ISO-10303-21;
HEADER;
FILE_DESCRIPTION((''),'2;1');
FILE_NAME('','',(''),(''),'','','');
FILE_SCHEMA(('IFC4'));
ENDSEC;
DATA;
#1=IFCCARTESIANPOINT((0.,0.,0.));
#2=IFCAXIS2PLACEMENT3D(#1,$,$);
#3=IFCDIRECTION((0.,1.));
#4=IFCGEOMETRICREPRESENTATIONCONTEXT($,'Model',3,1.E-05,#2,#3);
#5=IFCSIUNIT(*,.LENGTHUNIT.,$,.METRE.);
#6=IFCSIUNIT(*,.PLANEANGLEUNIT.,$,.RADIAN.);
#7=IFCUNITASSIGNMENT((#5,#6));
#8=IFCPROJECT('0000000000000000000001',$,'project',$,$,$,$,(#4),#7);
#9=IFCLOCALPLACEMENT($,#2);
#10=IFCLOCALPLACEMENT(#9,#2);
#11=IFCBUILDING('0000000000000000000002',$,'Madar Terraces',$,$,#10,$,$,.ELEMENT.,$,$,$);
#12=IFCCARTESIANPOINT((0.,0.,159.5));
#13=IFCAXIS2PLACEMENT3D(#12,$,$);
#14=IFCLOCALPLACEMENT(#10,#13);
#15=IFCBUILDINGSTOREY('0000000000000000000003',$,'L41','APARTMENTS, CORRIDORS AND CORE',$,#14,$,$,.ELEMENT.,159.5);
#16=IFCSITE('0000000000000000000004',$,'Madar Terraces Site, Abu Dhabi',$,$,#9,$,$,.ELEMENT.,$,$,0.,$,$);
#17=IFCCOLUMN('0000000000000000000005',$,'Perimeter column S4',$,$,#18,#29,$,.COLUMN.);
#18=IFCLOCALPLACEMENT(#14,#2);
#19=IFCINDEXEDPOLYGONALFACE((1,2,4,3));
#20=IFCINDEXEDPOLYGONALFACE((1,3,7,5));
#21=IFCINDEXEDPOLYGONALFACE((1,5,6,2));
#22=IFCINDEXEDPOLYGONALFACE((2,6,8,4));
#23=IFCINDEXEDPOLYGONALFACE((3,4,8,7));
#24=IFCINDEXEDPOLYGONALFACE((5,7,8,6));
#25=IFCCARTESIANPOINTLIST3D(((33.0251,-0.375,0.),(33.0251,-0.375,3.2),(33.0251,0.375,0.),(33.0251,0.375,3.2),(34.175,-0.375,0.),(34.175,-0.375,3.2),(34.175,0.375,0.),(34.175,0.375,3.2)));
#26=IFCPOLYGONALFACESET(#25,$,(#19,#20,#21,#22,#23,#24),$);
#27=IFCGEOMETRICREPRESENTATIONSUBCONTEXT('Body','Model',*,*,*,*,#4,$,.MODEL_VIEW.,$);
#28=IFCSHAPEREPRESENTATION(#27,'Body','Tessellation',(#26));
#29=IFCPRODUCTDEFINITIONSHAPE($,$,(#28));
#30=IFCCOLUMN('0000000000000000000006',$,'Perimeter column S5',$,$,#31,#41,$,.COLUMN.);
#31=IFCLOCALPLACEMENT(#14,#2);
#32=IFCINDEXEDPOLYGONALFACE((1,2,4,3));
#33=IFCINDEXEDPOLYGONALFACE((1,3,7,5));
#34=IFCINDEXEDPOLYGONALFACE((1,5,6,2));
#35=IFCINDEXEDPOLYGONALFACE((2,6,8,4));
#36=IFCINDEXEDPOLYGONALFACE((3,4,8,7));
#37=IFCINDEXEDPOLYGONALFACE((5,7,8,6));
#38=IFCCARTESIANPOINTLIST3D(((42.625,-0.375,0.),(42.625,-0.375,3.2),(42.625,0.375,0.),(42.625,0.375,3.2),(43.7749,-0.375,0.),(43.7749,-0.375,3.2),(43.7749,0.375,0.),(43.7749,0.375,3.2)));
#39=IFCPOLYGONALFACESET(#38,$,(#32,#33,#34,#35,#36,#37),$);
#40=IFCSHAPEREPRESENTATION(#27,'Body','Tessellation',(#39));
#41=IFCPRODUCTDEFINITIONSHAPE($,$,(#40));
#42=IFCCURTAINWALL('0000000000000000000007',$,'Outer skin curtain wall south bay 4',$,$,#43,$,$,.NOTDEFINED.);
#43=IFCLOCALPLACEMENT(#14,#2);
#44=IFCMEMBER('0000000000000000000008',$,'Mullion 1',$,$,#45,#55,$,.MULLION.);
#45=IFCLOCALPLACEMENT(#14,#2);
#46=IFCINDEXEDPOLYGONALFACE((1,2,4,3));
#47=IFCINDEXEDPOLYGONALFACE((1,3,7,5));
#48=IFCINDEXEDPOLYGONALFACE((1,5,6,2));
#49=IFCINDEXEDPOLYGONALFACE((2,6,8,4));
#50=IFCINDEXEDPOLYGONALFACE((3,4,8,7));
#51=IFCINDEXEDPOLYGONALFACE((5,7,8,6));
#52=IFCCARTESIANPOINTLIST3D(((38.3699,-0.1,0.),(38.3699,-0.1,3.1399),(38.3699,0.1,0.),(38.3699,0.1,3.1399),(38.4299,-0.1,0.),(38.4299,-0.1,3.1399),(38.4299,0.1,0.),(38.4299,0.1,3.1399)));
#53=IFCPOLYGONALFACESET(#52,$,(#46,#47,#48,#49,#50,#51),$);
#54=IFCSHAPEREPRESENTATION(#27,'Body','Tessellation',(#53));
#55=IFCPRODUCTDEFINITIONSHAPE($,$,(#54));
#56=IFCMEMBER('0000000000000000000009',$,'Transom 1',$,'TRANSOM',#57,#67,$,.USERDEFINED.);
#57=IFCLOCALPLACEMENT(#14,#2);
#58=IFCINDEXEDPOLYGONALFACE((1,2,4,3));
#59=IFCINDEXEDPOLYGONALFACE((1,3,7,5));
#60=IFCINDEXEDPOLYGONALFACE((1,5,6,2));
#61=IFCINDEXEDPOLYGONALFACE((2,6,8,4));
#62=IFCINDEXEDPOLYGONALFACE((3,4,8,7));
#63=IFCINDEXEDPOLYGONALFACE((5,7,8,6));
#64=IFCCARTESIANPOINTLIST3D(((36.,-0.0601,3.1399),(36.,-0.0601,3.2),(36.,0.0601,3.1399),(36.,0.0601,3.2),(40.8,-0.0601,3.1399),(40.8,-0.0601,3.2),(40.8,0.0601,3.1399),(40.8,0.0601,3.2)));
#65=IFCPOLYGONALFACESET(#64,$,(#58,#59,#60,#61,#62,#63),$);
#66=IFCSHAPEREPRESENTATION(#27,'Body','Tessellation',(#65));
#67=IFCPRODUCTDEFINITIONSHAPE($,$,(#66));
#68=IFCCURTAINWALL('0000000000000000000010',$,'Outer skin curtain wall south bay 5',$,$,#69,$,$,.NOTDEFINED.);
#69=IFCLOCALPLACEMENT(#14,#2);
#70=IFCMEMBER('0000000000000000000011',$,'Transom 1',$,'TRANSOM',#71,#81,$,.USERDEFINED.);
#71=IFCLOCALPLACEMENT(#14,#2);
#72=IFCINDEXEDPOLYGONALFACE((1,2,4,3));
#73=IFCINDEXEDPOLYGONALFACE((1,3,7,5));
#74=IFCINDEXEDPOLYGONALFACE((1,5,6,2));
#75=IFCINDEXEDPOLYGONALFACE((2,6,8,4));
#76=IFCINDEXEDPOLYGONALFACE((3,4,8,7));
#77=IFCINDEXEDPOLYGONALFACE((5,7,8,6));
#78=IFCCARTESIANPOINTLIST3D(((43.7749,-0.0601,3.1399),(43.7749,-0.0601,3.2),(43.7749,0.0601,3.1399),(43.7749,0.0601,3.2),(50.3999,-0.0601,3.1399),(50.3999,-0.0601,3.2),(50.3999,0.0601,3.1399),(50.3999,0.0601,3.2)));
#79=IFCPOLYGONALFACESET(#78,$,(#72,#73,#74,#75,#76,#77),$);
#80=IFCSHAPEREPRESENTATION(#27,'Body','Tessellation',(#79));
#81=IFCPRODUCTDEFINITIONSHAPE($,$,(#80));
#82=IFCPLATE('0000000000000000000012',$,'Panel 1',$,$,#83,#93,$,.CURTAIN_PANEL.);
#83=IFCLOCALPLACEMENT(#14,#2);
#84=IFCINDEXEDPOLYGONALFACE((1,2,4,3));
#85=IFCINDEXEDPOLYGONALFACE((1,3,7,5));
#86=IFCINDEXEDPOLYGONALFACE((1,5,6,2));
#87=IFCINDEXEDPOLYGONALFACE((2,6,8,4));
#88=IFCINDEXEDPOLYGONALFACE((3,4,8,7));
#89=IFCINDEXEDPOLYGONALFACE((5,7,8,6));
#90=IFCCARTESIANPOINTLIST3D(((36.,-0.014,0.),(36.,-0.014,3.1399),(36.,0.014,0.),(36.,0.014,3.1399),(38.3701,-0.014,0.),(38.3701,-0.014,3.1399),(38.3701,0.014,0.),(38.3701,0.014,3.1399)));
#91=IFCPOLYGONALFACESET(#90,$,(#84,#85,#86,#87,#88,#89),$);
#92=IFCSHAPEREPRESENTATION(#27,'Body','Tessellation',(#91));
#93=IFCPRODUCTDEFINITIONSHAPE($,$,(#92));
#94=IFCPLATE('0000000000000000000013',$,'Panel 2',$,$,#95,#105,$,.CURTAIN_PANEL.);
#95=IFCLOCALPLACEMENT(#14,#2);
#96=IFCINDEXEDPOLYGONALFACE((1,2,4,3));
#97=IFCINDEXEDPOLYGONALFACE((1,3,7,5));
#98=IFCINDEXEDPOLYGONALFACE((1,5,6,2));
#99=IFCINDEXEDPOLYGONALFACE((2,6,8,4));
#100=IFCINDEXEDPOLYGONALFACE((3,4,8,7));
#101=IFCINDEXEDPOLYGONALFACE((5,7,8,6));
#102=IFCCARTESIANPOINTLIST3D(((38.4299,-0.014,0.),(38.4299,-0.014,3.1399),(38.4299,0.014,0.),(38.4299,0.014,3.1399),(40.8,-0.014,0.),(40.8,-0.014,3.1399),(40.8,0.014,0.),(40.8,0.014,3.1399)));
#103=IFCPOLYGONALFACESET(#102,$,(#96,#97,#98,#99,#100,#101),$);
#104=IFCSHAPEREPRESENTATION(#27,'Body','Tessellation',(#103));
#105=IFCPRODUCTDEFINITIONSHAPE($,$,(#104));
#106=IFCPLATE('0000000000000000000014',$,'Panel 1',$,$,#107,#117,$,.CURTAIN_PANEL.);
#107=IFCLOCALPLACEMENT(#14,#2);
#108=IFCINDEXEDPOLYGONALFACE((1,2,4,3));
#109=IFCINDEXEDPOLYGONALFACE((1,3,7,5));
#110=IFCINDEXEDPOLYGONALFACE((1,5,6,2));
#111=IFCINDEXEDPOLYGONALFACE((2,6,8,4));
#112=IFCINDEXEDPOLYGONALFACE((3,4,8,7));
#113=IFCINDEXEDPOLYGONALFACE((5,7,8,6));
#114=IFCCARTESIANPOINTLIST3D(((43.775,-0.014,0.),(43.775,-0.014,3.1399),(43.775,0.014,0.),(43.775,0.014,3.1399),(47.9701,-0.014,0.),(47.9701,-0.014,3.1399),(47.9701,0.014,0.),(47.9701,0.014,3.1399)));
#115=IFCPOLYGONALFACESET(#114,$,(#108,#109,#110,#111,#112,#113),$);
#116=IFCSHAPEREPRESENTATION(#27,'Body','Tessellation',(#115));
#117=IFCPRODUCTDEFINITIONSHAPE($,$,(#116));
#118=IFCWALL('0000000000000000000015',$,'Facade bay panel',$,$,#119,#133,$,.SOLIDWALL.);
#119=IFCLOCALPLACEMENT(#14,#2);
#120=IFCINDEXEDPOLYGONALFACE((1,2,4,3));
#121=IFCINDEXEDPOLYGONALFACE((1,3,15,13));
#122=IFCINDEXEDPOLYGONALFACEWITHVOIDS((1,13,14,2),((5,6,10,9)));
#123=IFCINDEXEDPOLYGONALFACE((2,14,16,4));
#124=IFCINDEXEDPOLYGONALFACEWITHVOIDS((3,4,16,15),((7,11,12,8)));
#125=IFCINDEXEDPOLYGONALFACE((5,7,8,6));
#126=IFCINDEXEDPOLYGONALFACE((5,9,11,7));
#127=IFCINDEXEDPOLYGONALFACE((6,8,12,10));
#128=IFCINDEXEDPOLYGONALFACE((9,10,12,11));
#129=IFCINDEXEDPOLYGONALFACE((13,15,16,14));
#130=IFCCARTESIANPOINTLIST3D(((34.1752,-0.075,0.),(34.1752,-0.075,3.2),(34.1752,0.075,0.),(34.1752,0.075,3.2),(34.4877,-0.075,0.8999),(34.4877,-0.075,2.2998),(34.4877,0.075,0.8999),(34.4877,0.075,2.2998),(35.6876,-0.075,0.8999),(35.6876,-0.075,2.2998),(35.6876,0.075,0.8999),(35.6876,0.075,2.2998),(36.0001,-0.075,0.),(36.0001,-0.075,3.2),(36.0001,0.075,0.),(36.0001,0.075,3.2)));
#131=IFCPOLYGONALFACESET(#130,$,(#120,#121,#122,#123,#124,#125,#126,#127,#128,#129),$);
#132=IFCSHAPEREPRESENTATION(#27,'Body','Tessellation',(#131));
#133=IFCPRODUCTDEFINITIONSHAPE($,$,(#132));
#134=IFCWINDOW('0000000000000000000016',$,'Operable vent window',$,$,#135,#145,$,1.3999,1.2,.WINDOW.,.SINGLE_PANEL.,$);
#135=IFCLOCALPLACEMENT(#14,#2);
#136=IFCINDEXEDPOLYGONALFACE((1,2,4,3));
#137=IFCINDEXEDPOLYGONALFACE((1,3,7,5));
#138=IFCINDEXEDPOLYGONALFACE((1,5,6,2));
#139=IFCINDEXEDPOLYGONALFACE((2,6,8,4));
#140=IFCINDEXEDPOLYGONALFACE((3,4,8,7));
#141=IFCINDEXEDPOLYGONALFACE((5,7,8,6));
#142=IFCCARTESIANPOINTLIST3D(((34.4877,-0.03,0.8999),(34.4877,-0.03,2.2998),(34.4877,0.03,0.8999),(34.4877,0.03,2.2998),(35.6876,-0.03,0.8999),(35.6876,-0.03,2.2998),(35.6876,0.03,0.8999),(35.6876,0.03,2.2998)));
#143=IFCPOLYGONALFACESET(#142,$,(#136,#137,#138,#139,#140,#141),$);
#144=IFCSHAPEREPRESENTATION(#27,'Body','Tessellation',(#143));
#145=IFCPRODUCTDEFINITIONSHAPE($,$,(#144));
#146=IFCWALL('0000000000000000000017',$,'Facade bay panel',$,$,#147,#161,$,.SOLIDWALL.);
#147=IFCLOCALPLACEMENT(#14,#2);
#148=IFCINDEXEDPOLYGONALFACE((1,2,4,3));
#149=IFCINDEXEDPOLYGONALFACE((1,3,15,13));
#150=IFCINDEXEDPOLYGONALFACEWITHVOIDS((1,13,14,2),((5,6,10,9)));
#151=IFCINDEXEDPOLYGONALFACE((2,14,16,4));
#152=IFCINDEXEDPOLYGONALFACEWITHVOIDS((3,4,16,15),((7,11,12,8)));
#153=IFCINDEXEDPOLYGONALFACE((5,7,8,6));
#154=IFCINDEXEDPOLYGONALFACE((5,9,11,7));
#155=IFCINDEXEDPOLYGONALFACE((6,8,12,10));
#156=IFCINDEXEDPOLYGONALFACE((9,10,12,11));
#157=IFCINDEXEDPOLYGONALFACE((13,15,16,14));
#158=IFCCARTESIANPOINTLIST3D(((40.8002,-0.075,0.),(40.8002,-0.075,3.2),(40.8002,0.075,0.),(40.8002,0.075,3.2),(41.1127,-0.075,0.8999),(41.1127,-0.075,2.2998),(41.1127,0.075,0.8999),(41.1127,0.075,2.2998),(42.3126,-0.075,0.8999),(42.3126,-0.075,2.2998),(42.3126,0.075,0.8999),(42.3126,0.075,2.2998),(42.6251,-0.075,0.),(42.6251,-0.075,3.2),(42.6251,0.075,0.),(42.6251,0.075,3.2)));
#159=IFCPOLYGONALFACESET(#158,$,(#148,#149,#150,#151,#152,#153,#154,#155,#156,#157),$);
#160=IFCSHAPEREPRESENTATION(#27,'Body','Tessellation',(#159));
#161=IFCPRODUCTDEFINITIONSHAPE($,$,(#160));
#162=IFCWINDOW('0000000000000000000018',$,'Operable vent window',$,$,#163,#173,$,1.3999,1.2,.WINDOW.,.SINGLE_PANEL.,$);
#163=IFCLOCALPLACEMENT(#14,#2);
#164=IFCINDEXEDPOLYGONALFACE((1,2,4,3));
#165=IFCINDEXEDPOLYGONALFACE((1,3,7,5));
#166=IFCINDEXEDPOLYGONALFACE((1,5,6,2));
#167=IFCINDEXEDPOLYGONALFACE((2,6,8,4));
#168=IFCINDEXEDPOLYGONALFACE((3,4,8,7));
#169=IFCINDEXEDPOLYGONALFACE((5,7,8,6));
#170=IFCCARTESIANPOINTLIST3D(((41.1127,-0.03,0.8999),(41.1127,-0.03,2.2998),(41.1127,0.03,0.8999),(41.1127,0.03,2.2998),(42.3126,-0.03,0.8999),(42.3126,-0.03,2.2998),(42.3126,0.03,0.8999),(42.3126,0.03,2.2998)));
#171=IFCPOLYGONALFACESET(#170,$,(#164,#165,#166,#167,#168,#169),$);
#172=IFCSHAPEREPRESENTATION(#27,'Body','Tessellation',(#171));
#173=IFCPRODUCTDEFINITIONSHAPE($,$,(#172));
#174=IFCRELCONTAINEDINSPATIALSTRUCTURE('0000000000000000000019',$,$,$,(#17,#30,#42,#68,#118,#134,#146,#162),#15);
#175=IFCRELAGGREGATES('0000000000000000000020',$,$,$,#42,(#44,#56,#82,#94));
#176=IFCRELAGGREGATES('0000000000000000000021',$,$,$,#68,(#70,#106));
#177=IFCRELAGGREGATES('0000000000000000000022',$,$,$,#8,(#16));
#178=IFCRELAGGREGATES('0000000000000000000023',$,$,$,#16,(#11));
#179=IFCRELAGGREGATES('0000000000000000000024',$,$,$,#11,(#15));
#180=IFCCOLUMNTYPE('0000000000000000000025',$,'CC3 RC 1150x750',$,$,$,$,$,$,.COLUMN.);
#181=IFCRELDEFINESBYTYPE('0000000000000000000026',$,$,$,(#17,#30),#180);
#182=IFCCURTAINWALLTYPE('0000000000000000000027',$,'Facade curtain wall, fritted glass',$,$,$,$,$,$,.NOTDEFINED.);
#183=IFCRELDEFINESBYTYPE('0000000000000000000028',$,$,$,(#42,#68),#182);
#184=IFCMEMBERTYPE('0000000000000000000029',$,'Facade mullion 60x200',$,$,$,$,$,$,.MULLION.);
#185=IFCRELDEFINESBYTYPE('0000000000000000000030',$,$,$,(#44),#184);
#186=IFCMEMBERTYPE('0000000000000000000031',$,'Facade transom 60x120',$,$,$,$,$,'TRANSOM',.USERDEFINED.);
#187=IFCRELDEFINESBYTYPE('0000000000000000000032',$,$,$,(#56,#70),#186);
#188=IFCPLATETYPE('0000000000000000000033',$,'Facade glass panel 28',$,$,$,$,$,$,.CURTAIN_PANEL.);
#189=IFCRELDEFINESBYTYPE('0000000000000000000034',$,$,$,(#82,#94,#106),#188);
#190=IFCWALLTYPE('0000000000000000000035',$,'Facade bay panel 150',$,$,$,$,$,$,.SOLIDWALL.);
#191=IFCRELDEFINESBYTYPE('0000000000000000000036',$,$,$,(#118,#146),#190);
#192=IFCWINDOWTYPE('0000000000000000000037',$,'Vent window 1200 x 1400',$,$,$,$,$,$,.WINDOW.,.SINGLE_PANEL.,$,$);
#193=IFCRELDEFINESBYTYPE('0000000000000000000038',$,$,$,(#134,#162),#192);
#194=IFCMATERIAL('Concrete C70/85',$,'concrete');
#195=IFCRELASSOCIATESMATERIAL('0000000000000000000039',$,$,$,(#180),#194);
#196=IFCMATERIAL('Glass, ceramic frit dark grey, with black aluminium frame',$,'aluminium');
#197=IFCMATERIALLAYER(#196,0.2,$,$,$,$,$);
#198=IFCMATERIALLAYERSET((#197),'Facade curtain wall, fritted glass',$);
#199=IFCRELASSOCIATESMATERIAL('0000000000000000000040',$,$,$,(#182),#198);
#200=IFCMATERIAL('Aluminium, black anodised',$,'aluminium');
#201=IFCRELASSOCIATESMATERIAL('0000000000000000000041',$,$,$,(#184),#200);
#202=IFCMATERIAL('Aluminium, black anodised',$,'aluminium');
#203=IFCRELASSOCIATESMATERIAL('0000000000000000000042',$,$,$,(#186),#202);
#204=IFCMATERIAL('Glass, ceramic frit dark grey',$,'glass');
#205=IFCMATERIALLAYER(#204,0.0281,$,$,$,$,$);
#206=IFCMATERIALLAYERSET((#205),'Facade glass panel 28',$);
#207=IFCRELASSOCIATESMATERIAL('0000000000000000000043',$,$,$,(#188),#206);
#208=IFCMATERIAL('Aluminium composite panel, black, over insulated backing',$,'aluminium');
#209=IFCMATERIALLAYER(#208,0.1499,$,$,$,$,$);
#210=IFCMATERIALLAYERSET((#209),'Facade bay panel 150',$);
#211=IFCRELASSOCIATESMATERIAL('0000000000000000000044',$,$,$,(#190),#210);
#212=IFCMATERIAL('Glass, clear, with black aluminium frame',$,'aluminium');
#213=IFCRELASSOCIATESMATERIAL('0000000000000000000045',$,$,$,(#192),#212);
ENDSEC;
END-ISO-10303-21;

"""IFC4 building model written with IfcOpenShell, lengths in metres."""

from ifc_helpers import new_model, si_unit, direction, frame, frame_2d, origin, origin_2d, place, context, subcontext, project, spatial, rectangle, extrude, material, layer, layer_set, material_profile, profile_set, type_object, element, fill, aggregate, save


model = new_model("IFC4")

# Units and contexts
model_context = context("Model", 3, precision=1e-05, world=origin(), true_north=direction((0.0, 1.0)))
body_context = subcontext(model_context, "Body", "Model", "MODEL_VIEW")
ifc_project = project(units=[si_unit("LENGTHUNIT", "METRE"), si_unit("PLANEANGLEUNIT", "RADIAN")], contexts=[model_context])

# Site, building, storey
site_placement = place(None, origin())
site = spatial("IfcSite", under=ifc_project, at=site_placement, Name="Madar Terraces Site, Abu Dhabi", CompositionType="ELEMENT", RefElevation=0.0)
building_placement = place(site_placement, origin())
building = spatial("IfcBuilding", under=site, at=building_placement, Name="Madar Terraces", CompositionType="ELEMENT")
storey_placement = place(building_placement, frame((0.0, 0.0, 159.5)))
storey = spatial("IfcBuildingStorey", under=building, at=storey_placement, Name="L41", Description="APARTMENTS, CORRIDORS AND CORE", CompositionType="ELEMENT", Elevation=159.5)

# Columns
ifc_material_1 = material(Name="Concrete C70/85", Category="concrete")
ifc_material_profile_1 = material_profile(ifc_material_1, rectangle(XDim=1.1499, YDim=0.75, at=origin_2d()), Name="CC3 RC 1150x750")
ifc_profile_set_1 = profile_set([ifc_material_profile_1], Name="Concrete C70/85")
column_type = type_object("IfcColumnType", Name="CC3 RC 1150x750", PredefinedType="COLUMN", material=ifc_profile_set_1)
for number, where, z_axis, x_axis, name in (
    (1, (33.6001, 0.0, 0.0), (0.0, 0.0, 1.0), (1.0, 0.0, 0.0), "Perimeter column S4"),
    (2, (43.2, 0.0, 0.0), (0.0, 0.0, 1.0), (1.0, 0.0, 0.0), "Perimeter column S5"),
):
    element("IfcColumn", number, at=place(storey_placement, frame(where, z_axis=z_axis, x_axis=x_axis)), inside=storey, type_object=column_type, Name=name, PredefinedType="COLUMN", context=body_context, shape_type="SweptSolid", body=[
        extrude(rectangle(XDim=1.1499, YDim=0.75, at=origin_2d()), origin(), (0.0, 0.0, 1.0), 3.2),
    ])

# Curtain wall, members
ifc_material_2 = material(Name="Glass, ceramic frit dark grey, with black aluminium frame", Category="aluminium")
ifc_layer_1 = layer(ifc_material_2, 0.2)
ifc_layer_set_1 = layer_set([ifc_layer_1], Name="Facade curtain wall, fritted glass")
curtain_wall_type = type_object("IfcCurtainWallType", Name="Facade curtain wall, fritted glass", PredefinedType="NOTDEFINED", material=ifc_layer_set_1)
curtain_wall_1_placement = place(storey_placement, origin())
curtain_wall_1 = element("IfcCurtainWall", 3, at=curtain_wall_1_placement, inside=storey, type_object=curtain_wall_type, Name="Outer skin curtain wall south bay 4", PredefinedType="NOTDEFINED")
ifc_material_3 = material(Name="Aluminium, black anodised", Category="aluminium")
ifc_material_profile_2 = material_profile(ifc_material_3, rectangle(XDim=0.2, YDim=0.0601, at=origin_2d()), Name="Facade mullion 60x200")
ifc_profile_set_2 = profile_set([ifc_material_profile_2], Name="Aluminium, black anodised")
member_type_1 = type_object("IfcMemberType", Name="Facade mullion 60x200", PredefinedType="MULLION", material=ifc_profile_set_2)
member_1_placement = place(storey_placement, frame((38.3999, 0.0, 0.0), z_axis=(0.0, 0.0, 1.0), x_axis=(0.0, 1.0, 0.0)))
member_1 = element("IfcMember", 4, at=member_1_placement, type_object=member_type_1, Name="Mullion 1", PredefinedType="MULLION", context=body_context, shape_type="SweptSolid", body=[
    extrude(rectangle(XDim=0.2, YDim=0.0601, at=origin_2d()), origin(), (0.0, 0.0, 1.0), 3.1399),
])
ifc_material_4 = material(Name="Aluminium, black anodised", Category="aluminium")
ifc_material_profile_3 = material_profile(ifc_material_4, rectangle(XDim=0.1201, YDim=0.0601, at=origin_2d()), Name="Facade transom 60x120")
ifc_profile_set_3 = profile_set([ifc_material_profile_3], Name="Aluminium, black anodised")
member_type_2 = type_object("IfcMemberType", Name="Facade transom 60x120", ElementType="TRANSOM", PredefinedType="USERDEFINED", material=ifc_profile_set_3)
member_2_placement = place(storey_placement, frame((36.0, 0.0, 3.1699), z_axis=(1.0, 0.0, 0.0), x_axis=(0.0, 1.0, 0.0)))
member_2 = element("IfcMember", 5, at=member_2_placement, type_object=member_type_2, Name="Transom 1", ObjectType="TRANSOM", PredefinedType="USERDEFINED", context=body_context, shape_type="SweptSolid", body=[
    extrude(rectangle(XDim=0.1201, YDim=0.0601, at=origin_2d()), origin(), (0.0, 0.0, 1.0), 4.8),
])

# Curtain wall, member
curtain_wall_2_placement = place(storey_placement, origin())
curtain_wall_2 = element("IfcCurtainWall", 6, at=curtain_wall_2_placement, inside=storey, type_object=curtain_wall_type, Name="Outer skin curtain wall south bay 5", PredefinedType="NOTDEFINED")
member_3_placement = place(storey_placement, frame((43.7749, 0.0, 3.1699), z_axis=(1.0, 0.0, 0.0), x_axis=(0.0, 1.0, 0.0)))
member_3 = element("IfcMember", 7, at=member_3_placement, type_object=member_type_2, Name="Transom 1", ObjectType="TRANSOM", PredefinedType="USERDEFINED", context=body_context, shape_type="SweptSolid", body=[
    extrude(rectangle(XDim=0.1201, YDim=0.0601, at=origin_2d()), origin(), (0.0, 0.0, 1.0), 6.625),
])

# Plates
ifc_material_5 = material(Name="Glass, ceramic frit dark grey", Category="glass")
ifc_layer_2 = layer(ifc_material_5, 0.0281)
ifc_layer_set_2 = layer_set([ifc_layer_2], Name="Facade glass panel 28")
plate_type = type_object("IfcPlateType", Name="Facade glass panel 28", PredefinedType="CURTAIN_PANEL", material=ifc_layer_set_2)
plate_1_placement = place(storey_placement, frame((37.1851, 0.0, 0.0), z_axis=(0.0, 0.0, 1.0), x_axis=(1.0, 0.0, 0.0)))
plate_1 = element("IfcPlate", 8, at=plate_1_placement, type_object=plate_type, Name="Panel 1", PredefinedType="CURTAIN_PANEL", context=body_context, shape_type="SweptSolid", body=[
    extrude(rectangle(XDim=2.3701, YDim=0.0281, at=origin_2d()), origin(), (0.0, 0.0, 1.0), 3.1399),
])
plate_2_placement = place(storey_placement, frame((39.615, 0.0, 0.0), z_axis=(0.0, 0.0, 1.0), x_axis=(1.0, 0.0, 0.0)))
plate_2 = element("IfcPlate", 9, at=plate_2_placement, type_object=plate_type, Name="Panel 2", PredefinedType="CURTAIN_PANEL", context=body_context, shape_type="SweptSolid", body=[
    extrude(rectangle(XDim=2.3701, YDim=0.0281, at=origin_2d()), origin(), (0.0, 0.0, 1.0), 3.1399),
])
aggregate(curtain_wall_1, [member_1, member_2, plate_1, plate_2])
plate_3_placement = place(storey_placement, frame((45.8726, 0.0, 0.0), z_axis=(0.0, 0.0, 1.0), x_axis=(1.0, 0.0, 0.0)))
plate_3 = element("IfcPlate", 10, at=plate_3_placement, type_object=plate_type, Name="Panel 1", PredefinedType="CURTAIN_PANEL", context=body_context, shape_type="SweptSolid", body=[
    extrude(rectangle(XDim=4.1951, YDim=0.0281, at=origin_2d()), origin(), (0.0, 0.0, 1.0), 3.1399),
])
aggregate(curtain_wall_2, [member_3, plate_3])

# Walls, openings, windows
ifc_material_6 = material(Name="Aluminium composite panel, black, over insulated backing", Category="aluminium")
ifc_layer_3 = layer(ifc_material_6, 0.1499)
ifc_layer_set_3 = layer_set([ifc_layer_3], Name="Facade bay panel 150")
wall_type_1 = type_object("IfcWallType", Name="Facade bay panel 150", PredefinedType="SOLIDWALL", material=ifc_layer_set_3)
wall_1_placement = place(storey_placement, frame((34.175, 0.0, 0.0), z_axis=(0.0, 0.0, 1.0), x_axis=(1.0, 0.0, 0.0)))
wall_1 = element("IfcWall", 11, at=wall_1_placement, inside=storey, type_object=wall_type_1, Name="Facade bay panel", PredefinedType="SOLIDWALL", context=body_context, shape_type="SweptSolid", body=[
    extrude(rectangle(XDim=1.825, YDim=0.1499, at=frame_2d((0.9126, 0.0))), origin(), (0.0, 0.0, 1.0), 3.2),
])
opening_1_placement = place(wall_1_placement, frame((0.3125, 0.0, 0.8999)))
opening_1 = element("IfcOpeningElement", 12, at=opening_1_placement, cuts=wall_1, PredefinedType="OPENING", context=body_context, shape_type="SweptSolid", body=[
    extrude(rectangle(XDim=1.2, YDim=1.3999, at=frame_2d((0.6001, 0.7))), frame((0.0, 0.085, 0.0), z_axis=(0.0, -1.0, 0.0), x_axis=(1.0, 0.0, 0.0)), (0.0, 0.0, 1.0), 0.1699),
])
ifc_material_7 = material(Name="Glass, clear, with black aluminium frame", Category="aluminium")
window_type = type_object("IfcWindowType", Name="Vent window 1200 x 1400", PartitioningType="SINGLE_PANEL", PredefinedType="WINDOW", material=ifc_material_7)
window_1_placement = place(opening_1_placement, origin())
window_1 = element("IfcWindow", 13, at=window_1_placement, inside=storey, type_object=window_type, Name="Operable vent window", OverallHeight=1.3999, OverallWidth=1.2, PartitioningType="SINGLE_PANEL", PredefinedType="WINDOW", context=body_context, shape_type="SweptSolid", body=[
    extrude(rectangle(XDim=1.2, YDim=1.3999, at=frame_2d((0.6001, 0.7))), frame((0.0, 0.03, 0.0), z_axis=(0.0, -1.0, 0.0), x_axis=(1.0, 0.0, 0.0)), (0.0, 0.0, 1.0), 0.0601),
])
fill(opening_1, window_1)
wall_2_placement = place(storey_placement, frame((40.8, 0.0, 0.0), z_axis=(0.0, 0.0, 1.0), x_axis=(1.0, 0.0, 0.0)))
wall_2 = element("IfcWall", 14, at=wall_2_placement, inside=storey, type_object=wall_type_1, Name="Facade bay panel", PredefinedType="SOLIDWALL", context=body_context, shape_type="SweptSolid", body=[
    extrude(rectangle(XDim=1.825, YDim=0.1499, at=frame_2d((0.9126, 0.0))), origin(), (0.0, 0.0, 1.0), 3.2),
])
opening_2_placement = place(wall_2_placement, frame((0.3125, 0.0, 0.8999)))
opening_2 = element("IfcOpeningElement", 15, at=opening_2_placement, cuts=wall_2, PredefinedType="OPENING", context=body_context, shape_type="SweptSolid", body=[
    extrude(rectangle(XDim=1.2, YDim=1.3999, at=frame_2d((0.6001, 0.7))), frame((0.0, 0.085, 0.0), z_axis=(0.0, -1.0, 0.0), x_axis=(1.0, 0.0, 0.0)), (0.0, 0.0, 1.0), 0.1699),
])
window_2_placement = place(opening_2_placement, origin())
window_2 = element("IfcWindow", 16, at=window_2_placement, inside=storey, type_object=window_type, Name="Operable vent window", OverallHeight=1.3999, OverallWidth=1.2, PartitioningType="SINGLE_PANEL", PredefinedType="WINDOW", context=body_context, shape_type="SweptSolid", body=[
    extrude(rectangle(XDim=1.2, YDim=1.3999, at=frame_2d((0.6001, 0.7))), frame((0.0, 0.03, 0.0), z_axis=(0.0, -1.0, 0.0), x_axis=(1.0, 0.0, 0.0)), (0.0, 0.0, 1.0), 0.0601),
])
fill(opening_2, window_2)

save(model, "model.ifc")
